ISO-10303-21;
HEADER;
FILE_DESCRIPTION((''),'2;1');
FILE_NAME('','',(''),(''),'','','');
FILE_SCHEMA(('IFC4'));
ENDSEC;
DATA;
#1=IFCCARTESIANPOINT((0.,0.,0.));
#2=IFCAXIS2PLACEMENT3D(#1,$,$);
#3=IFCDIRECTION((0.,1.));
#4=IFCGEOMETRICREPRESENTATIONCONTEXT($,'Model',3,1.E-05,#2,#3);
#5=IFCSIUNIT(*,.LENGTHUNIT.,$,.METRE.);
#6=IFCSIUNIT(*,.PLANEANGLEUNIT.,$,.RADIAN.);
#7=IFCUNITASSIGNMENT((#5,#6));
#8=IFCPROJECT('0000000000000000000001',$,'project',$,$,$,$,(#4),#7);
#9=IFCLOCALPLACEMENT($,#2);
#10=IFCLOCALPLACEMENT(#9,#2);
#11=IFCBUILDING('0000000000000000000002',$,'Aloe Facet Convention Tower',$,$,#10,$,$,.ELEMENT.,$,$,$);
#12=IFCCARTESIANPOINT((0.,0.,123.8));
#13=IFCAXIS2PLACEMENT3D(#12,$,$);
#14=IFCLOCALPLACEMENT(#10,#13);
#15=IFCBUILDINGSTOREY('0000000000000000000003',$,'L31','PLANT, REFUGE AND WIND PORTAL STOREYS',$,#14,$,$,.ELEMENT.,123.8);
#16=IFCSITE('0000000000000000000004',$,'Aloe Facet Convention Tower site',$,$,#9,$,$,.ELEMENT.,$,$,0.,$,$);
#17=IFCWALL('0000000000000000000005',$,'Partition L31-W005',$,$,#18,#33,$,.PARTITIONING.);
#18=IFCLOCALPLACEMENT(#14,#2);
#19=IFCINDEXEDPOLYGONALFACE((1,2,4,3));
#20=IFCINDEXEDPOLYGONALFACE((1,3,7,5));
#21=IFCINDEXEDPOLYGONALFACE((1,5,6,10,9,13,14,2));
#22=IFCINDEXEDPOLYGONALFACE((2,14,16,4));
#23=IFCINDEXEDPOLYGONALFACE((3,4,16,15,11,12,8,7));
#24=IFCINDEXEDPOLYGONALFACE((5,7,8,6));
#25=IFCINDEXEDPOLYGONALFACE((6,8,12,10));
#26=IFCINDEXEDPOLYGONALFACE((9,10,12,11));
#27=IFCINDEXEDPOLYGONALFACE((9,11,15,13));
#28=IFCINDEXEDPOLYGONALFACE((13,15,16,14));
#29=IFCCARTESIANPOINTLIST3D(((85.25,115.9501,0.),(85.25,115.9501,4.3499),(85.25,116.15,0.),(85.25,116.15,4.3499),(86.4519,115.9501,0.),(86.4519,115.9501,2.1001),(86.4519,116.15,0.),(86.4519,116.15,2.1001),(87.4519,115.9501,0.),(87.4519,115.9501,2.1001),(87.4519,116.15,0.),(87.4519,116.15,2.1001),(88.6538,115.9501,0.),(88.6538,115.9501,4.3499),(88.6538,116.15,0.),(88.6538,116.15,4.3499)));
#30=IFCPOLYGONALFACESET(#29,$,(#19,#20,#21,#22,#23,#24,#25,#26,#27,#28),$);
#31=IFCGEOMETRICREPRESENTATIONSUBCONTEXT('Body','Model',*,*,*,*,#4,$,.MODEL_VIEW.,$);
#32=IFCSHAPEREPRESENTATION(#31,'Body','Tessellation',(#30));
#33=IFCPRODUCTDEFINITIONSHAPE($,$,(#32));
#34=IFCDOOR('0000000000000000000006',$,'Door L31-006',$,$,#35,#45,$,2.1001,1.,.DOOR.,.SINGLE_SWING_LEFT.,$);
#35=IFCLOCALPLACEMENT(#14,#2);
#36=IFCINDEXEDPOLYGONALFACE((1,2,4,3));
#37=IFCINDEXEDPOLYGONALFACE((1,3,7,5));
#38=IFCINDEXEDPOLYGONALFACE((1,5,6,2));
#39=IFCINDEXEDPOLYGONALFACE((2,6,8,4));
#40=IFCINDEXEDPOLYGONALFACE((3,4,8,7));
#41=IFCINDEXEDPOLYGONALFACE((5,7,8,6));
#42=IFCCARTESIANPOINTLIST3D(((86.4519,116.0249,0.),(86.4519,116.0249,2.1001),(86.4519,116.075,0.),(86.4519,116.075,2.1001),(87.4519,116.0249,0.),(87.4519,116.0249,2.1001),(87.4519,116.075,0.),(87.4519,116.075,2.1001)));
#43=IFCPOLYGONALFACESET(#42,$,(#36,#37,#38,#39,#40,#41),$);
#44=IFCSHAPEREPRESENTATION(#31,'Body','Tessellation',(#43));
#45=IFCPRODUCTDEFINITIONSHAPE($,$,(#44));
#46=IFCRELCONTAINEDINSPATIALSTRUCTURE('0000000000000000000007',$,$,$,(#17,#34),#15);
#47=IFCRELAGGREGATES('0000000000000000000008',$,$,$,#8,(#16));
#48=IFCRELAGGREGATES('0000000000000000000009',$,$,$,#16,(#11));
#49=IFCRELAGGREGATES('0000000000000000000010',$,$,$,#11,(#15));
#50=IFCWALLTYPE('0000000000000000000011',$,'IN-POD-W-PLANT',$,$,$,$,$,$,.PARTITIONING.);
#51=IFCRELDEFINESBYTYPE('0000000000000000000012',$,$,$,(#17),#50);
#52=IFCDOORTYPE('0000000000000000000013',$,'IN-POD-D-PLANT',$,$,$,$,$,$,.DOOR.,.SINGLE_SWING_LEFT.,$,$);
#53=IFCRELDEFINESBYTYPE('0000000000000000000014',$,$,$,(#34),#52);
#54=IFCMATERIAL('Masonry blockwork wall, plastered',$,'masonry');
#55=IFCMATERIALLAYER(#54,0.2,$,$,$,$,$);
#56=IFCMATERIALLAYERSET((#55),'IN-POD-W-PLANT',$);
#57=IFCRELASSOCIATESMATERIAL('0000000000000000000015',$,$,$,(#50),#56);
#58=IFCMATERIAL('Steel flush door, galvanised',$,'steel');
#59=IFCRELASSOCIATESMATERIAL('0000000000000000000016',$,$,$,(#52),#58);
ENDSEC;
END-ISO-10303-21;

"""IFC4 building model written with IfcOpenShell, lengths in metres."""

from ifc_helpers import new_model, si_unit, direction, frame, frame_2d, origin, place, context, subcontext, project, spatial, rectangle, extrude, material, layer, layer_set, type_object, element, fill, save


model = new_model("IFC4")

# Units and contexts
model_context = context("Model", 3, precision=1e-05, world=origin(), true_north=direction((0.0, 1.0)))
body_context = subcontext(model_context, "Body", "Model", "MODEL_VIEW")
ifc_project = project(units=[si_unit("LENGTHUNIT", "METRE"), si_unit("PLANEANGLEUNIT", "RADIAN")], contexts=[model_context])

# Site, building, storey
site_placement = place(None, origin())
site = spatial("IfcSite", under=ifc_project, at=site_placement, Name="Aloe Facet Convention Tower site", CompositionType="ELEMENT", RefElevation=0.0)
building_placement = place(site_placement, origin())
building = spatial("IfcBuilding", under=site, at=building_placement, Name="Aloe Facet Convention Tower", CompositionType="ELEMENT")
storey_placement = place(building_placement, frame((0.0, 0.0, 123.8)))
storey = spatial("IfcBuildingStorey", under=building, at=storey_placement, Name="L31", Description="PLANT, REFUGE AND WIND PORTAL STOREYS", CompositionType="ELEMENT", Elevation=123.8)

# Wall, opening, door
ifc_material_1 = material(Name="Masonry blockwork wall, plastered", Category="masonry")
ifc_layer_1 = layer(ifc_material_1, 0.2)
ifc_layer_set_1 = layer_set([ifc_layer_1], Name="IN-POD-W-PLANT")
wall_type_1 = type_object("IfcWallType", Name="IN-POD-W-PLANT", PredefinedType="PARTITIONING", material=ifc_layer_set_1)
wall_1_placement = place(storey_placement, frame((85.25, 116.05, 0.0), z_axis=(0.0, 0.0, 1.0), x_axis=(1.0, 0.0, 0.0)))
wall_1 = element("IfcWall", 1, at=wall_1_placement, inside=storey, type_object=wall_type_1, Name="Partition L31-W005", PredefinedType="PARTITIONING", context=body_context, shape_type="SweptSolid", body=[
    extrude(rectangle(XDim=3.4038, YDim=0.2, at=frame_2d((1.7019, 0.0))), origin(), (0.0, 0.0, 1.0), 4.3499),
])
opening_1_placement = place(wall_1_placement, frame((1.2019, 0.0, 0.0)))
opening_1 = element("IfcOpeningElement", 2, at=opening_1_placement, cuts=wall_1, PredefinedType="OPENING", context=body_context, shape_type="SweptSolid", body=[
    extrude(rectangle(XDim=1.0, YDim=2.1001, at=frame_2d((0.5, 1.05))), frame((0.0, 0.1099, 0.0), z_axis=(0.0, -1.0, 0.0), x_axis=(1.0, 0.0, 0.0)), (0.0, 0.0, 1.0), 0.22),
])
ifc_material_2 = material(Name="Steel flush door, galvanised", Category="steel")
door_type_1 = type_object("IfcDoorType", Name="IN-POD-D-PLANT", OperationType="SINGLE_SWING_LEFT", PredefinedType="DOOR", material=ifc_material_2)
door_1_placement = place(opening_1_placement, origin())
door_1 = element("IfcDoor", 3, at=door_1_placement, inside=storey, type_object=door_type_1, Name="Door L31-006", OperationType="SINGLE_SWING_LEFT", OverallHeight=2.1001, OverallWidth=1.0, PredefinedType="DOOR", context=body_context, shape_type="SweptSolid", body=[
    extrude(rectangle(XDim=1.0, YDim=2.1001, at=frame_2d((0.5, 1.05))), frame((0.0, 0.0249, 0.0), z_axis=(0.0, -1.0, 0.0), x_axis=(1.0, 0.0, 0.0)), (0.0, 0.0, 1.0), 0.05),
])
fill(opening_1, door_1)

save(model, "model.ifc")
